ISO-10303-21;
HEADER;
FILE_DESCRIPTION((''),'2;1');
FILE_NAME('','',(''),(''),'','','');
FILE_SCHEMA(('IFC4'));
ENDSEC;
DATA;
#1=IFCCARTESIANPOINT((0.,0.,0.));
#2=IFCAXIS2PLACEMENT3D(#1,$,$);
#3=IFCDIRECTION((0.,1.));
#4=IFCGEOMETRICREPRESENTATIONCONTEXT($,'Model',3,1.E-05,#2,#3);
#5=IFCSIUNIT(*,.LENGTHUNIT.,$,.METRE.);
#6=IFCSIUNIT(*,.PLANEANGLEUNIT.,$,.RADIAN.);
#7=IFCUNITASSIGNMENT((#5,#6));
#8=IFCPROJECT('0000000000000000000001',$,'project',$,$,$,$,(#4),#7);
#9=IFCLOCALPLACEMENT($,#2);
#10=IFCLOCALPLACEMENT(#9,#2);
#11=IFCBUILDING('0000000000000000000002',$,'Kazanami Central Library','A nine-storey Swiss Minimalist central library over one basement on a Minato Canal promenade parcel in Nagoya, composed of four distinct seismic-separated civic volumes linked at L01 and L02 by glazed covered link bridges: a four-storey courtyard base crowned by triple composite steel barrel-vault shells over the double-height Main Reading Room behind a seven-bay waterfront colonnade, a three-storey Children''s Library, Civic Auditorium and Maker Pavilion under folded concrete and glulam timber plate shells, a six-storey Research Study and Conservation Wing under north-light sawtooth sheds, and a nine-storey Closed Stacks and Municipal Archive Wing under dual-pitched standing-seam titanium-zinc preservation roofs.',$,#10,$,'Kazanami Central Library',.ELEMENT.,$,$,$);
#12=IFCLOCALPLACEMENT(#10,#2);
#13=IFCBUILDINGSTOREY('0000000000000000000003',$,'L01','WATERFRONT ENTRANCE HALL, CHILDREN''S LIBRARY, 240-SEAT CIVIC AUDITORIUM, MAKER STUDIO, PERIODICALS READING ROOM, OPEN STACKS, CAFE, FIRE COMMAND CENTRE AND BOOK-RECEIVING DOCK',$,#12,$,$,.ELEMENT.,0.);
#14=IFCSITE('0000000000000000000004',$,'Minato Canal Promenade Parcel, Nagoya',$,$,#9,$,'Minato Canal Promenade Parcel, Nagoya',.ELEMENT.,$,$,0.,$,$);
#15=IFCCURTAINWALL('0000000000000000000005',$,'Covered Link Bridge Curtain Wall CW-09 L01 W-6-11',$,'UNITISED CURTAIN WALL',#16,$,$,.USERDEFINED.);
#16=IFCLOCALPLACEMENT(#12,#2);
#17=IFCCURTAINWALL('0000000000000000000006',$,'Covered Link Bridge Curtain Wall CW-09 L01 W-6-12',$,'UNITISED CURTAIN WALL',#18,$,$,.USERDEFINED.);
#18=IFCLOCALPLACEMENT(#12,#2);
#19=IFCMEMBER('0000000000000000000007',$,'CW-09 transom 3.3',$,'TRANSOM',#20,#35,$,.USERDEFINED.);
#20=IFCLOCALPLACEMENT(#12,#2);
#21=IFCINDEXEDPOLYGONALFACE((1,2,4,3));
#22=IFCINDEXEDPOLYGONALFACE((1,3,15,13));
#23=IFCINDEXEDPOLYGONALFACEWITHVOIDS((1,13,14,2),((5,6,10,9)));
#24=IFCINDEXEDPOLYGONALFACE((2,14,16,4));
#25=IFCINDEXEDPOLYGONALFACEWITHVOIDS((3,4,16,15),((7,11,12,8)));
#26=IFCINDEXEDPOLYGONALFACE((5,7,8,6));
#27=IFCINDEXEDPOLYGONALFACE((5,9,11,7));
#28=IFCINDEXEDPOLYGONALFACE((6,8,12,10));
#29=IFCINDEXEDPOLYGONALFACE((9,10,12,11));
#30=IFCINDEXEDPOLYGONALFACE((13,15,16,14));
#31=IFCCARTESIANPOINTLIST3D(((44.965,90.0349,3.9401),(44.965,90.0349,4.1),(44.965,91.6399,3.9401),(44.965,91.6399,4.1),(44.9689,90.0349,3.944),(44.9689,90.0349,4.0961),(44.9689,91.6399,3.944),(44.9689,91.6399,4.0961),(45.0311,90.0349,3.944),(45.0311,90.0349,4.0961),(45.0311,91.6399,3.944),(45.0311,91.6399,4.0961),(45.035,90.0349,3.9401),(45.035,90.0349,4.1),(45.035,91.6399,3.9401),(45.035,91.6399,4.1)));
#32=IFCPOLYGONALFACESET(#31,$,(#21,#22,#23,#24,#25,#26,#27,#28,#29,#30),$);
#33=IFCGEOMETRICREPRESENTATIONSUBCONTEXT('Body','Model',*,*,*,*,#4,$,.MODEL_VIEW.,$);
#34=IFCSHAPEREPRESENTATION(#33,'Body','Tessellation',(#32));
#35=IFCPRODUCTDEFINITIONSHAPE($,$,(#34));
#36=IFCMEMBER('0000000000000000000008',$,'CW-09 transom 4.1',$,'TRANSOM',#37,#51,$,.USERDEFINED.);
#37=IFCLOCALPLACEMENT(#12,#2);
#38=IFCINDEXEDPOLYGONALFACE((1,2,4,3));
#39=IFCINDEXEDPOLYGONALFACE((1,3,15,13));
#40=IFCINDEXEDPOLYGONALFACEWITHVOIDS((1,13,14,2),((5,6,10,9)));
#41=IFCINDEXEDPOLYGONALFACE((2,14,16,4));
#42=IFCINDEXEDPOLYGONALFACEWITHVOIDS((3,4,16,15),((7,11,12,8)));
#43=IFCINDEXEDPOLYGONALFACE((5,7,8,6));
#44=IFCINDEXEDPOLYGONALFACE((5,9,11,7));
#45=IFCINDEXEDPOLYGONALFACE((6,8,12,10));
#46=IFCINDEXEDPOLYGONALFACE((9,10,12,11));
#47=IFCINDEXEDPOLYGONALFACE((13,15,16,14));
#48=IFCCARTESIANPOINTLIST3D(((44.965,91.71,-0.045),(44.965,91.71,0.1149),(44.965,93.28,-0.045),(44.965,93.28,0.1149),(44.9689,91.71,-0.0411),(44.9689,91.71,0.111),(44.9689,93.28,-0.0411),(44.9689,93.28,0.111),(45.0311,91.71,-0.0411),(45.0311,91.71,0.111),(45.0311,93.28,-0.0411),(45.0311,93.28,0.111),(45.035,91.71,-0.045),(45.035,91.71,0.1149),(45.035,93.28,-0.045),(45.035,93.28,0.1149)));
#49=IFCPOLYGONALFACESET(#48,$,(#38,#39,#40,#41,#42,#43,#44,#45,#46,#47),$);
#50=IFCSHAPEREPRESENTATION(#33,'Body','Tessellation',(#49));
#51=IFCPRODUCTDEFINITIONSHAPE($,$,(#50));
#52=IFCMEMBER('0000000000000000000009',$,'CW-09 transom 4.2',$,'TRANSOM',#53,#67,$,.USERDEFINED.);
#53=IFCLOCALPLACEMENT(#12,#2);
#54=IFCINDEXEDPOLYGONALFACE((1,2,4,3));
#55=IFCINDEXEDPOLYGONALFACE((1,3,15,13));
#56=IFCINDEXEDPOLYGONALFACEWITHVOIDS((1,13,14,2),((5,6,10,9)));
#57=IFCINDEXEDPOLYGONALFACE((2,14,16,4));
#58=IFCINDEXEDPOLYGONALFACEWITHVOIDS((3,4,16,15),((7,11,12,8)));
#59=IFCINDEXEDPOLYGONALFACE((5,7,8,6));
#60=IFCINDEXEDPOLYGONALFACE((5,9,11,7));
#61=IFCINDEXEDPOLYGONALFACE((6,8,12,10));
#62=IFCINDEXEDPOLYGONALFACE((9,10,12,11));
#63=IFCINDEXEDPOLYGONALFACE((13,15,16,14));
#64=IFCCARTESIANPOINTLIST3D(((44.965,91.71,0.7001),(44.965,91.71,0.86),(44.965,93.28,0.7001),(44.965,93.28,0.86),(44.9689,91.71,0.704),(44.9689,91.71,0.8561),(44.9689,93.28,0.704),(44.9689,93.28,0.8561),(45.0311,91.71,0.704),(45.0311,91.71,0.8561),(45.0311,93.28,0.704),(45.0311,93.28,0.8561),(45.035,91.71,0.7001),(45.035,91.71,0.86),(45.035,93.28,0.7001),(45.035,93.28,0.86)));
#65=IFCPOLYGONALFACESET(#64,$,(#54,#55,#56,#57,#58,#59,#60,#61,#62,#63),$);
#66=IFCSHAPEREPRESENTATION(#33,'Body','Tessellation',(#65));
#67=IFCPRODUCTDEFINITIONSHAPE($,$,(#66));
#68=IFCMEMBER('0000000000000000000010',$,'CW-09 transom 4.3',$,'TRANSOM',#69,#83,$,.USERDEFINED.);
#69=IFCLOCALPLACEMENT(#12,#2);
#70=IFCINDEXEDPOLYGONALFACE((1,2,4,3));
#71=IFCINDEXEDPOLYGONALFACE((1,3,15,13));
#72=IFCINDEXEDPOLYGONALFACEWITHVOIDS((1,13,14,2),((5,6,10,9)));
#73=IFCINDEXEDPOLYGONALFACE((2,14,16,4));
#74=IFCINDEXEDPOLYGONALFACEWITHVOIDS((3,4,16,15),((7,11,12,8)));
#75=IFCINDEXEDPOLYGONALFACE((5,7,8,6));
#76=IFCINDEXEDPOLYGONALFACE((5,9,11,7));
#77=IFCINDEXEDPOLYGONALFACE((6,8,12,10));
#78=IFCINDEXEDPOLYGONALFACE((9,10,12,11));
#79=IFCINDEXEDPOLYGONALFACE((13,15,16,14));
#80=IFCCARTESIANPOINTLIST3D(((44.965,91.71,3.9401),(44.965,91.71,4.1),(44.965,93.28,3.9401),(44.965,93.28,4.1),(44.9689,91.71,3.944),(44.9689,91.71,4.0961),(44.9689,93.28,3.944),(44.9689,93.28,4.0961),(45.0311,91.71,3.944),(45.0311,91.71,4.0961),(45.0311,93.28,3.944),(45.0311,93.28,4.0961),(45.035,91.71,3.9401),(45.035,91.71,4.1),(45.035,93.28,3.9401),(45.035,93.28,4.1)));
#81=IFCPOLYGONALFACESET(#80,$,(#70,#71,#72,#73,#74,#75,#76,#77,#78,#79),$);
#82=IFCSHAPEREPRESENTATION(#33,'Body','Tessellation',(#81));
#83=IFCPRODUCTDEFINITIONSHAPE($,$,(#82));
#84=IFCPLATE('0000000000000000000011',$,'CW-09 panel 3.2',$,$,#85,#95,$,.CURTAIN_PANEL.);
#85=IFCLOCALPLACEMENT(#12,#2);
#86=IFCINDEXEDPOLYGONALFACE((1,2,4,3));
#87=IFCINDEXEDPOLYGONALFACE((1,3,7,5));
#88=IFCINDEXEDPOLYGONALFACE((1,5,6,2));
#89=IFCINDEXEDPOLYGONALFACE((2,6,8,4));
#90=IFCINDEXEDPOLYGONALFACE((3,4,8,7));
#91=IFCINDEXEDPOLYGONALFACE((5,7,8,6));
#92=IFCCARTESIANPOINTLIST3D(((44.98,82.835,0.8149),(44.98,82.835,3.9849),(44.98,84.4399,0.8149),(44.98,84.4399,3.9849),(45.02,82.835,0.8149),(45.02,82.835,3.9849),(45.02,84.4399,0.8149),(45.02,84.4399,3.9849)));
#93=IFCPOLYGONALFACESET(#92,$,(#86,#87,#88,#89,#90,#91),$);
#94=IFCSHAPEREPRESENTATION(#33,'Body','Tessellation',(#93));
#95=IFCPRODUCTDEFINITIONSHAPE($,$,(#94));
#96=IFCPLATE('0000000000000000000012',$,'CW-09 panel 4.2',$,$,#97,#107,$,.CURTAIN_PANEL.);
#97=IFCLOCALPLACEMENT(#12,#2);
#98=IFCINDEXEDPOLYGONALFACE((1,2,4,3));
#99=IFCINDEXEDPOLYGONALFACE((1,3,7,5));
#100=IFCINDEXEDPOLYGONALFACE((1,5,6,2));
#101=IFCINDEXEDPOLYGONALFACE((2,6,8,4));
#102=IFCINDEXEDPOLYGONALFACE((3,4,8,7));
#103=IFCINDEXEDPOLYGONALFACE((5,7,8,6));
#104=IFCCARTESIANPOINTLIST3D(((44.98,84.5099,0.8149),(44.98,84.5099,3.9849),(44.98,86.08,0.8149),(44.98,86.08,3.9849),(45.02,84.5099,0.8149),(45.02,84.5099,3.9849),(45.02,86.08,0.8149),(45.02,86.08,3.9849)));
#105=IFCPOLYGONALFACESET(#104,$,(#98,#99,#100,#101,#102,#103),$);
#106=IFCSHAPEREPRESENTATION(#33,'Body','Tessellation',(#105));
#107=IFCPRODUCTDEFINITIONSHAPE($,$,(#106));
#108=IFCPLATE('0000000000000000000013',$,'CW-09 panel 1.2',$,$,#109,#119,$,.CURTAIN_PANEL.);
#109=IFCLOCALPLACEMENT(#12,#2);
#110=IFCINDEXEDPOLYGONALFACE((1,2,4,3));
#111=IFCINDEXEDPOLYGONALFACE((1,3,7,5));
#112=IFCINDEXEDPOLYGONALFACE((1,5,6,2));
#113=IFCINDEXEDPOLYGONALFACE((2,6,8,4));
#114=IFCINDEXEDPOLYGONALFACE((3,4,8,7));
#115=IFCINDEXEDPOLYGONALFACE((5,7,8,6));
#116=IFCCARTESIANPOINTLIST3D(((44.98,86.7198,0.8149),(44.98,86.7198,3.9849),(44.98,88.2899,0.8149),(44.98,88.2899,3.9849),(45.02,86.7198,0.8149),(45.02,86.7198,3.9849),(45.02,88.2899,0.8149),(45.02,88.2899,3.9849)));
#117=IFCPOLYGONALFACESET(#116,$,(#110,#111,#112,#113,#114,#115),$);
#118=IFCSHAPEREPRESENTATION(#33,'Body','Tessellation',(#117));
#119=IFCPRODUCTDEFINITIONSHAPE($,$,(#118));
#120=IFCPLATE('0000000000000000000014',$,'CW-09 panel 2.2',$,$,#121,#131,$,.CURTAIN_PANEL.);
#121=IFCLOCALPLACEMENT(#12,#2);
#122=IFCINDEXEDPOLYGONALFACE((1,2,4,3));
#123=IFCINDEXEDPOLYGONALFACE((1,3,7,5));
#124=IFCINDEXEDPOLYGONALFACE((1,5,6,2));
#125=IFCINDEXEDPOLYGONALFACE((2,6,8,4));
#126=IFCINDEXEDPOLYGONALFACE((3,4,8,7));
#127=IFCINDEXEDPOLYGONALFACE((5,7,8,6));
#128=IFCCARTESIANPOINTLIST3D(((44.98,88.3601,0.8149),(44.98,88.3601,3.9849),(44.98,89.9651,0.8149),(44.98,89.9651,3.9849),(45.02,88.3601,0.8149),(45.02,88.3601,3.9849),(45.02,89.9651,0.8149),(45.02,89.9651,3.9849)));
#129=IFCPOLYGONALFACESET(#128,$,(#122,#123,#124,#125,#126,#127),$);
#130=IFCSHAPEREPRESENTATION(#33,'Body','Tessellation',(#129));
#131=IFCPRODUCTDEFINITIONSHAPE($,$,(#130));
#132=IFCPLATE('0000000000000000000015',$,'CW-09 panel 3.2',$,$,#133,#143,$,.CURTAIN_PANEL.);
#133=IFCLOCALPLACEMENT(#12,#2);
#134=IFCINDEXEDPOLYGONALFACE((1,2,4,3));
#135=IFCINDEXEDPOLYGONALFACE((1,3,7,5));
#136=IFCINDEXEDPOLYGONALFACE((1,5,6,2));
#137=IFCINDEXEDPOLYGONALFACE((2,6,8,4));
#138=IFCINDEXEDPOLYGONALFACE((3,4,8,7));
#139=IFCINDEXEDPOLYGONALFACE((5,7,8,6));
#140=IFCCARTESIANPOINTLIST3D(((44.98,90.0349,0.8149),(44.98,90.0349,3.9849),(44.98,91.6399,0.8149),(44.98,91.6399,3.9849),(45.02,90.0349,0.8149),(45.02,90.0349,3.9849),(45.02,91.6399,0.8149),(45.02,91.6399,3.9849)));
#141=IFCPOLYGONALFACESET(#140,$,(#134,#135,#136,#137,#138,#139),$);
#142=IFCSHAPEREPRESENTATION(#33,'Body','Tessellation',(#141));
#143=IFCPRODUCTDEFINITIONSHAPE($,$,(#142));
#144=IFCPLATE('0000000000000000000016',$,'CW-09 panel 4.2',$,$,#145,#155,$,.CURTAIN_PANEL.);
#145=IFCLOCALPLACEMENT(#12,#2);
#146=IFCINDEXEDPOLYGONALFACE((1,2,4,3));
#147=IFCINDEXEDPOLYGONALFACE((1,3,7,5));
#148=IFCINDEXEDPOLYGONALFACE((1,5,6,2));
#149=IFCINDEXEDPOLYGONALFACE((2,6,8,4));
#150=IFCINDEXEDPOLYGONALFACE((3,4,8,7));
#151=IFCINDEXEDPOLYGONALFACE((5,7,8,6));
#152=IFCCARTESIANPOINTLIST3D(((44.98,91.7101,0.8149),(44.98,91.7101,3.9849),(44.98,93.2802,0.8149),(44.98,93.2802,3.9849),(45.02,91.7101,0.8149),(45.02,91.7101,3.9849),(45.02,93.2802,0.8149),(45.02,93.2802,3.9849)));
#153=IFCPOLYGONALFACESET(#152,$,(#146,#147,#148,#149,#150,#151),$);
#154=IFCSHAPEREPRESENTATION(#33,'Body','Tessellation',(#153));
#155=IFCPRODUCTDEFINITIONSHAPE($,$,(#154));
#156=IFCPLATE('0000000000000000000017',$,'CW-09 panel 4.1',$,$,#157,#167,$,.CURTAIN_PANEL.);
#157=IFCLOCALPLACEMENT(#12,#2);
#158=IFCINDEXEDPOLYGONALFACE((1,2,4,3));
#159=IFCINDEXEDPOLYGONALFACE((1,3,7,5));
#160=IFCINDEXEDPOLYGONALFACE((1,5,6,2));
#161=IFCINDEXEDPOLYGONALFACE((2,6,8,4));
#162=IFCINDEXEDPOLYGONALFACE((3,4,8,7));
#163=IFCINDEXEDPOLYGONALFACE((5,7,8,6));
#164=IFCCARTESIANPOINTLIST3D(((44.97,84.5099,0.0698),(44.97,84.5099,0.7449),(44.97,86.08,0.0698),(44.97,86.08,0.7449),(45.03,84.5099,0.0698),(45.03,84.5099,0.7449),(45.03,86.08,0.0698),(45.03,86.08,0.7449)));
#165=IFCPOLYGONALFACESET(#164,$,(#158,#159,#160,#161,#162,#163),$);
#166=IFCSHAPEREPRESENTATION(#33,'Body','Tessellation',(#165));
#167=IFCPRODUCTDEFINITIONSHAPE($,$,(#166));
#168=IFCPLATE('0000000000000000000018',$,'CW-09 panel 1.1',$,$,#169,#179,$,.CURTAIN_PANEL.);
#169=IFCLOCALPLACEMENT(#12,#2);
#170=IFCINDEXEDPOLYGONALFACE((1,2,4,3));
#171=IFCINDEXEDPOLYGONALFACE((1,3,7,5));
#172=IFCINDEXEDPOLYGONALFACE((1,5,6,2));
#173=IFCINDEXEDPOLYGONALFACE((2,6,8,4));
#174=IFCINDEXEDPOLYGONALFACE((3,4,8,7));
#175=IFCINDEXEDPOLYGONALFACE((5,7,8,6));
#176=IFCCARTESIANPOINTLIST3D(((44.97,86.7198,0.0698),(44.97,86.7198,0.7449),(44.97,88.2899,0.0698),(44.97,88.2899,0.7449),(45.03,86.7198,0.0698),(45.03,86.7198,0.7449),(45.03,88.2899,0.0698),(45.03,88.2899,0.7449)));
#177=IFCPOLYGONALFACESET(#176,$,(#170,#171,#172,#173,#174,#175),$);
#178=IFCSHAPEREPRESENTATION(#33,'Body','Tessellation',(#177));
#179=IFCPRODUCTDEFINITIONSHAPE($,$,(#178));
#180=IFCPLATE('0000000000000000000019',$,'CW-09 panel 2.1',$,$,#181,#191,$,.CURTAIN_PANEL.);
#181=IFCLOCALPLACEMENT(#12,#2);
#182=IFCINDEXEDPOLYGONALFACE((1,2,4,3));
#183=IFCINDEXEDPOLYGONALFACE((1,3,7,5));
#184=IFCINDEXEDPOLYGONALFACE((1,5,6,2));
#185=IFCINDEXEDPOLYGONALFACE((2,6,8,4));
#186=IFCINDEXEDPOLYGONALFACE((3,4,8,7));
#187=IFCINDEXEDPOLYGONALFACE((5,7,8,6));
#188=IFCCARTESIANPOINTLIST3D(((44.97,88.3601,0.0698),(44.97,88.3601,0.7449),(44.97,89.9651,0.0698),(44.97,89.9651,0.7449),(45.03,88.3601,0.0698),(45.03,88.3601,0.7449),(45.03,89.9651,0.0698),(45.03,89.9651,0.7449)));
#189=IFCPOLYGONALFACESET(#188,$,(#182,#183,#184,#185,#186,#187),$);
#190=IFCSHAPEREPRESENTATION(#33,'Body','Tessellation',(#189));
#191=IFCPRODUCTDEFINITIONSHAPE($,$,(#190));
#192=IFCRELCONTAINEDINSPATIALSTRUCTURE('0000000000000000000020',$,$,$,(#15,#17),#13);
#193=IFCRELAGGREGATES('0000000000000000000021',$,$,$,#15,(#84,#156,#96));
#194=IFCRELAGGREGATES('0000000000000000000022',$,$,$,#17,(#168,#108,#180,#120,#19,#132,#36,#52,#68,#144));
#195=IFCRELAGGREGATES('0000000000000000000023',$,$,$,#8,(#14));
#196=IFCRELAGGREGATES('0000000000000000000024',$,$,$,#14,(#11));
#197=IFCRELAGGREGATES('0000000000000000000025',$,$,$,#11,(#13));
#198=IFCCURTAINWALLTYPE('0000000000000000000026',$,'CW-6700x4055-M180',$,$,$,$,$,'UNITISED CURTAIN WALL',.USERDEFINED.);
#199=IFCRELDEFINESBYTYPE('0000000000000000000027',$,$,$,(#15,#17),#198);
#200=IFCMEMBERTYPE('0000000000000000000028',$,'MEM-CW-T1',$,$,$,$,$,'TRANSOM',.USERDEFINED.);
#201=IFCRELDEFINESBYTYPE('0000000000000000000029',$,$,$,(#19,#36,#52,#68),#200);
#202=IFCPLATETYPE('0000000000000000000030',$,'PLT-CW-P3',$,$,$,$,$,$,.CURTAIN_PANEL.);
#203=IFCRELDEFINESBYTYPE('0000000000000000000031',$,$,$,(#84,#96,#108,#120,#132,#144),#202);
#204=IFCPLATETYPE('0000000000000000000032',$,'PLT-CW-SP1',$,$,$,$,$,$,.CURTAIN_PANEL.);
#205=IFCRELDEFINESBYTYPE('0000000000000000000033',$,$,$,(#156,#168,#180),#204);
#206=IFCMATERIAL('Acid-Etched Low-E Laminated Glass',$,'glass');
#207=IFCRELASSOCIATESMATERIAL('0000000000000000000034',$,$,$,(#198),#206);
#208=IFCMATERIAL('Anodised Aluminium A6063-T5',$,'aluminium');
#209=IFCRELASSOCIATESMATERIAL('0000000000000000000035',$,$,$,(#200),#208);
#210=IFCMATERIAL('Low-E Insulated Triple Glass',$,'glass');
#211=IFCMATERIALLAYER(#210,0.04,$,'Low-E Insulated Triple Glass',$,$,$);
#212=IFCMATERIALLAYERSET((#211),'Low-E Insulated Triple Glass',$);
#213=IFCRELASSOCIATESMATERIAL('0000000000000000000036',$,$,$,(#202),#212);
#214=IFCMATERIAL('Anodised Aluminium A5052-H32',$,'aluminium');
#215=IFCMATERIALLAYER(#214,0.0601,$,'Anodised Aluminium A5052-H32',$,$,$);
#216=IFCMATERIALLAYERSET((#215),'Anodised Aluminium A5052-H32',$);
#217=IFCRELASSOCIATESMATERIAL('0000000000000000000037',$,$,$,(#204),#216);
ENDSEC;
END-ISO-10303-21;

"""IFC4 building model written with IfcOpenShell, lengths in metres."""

from ifc_helpers import new_model, si_unit, direction, frame, origin, origin_2d, place, context, subcontext, project, spatial, rectangle, hollow_rectangle, extrude, material, layer, layer_set, material_profile, profile_set, type_object, element, aggregate, save


model = new_model("IFC4")

# Units and contexts
model_context = context("Model", 3, precision=1e-05, world=origin(), true_north=direction((0.0, 1.0)))
body_context = subcontext(model_context, "Body", "Model", "MODEL_VIEW")
ifc_project = project(units=[si_unit("LENGTHUNIT", "METRE"), si_unit("PLANEANGLEUNIT", "RADIAN")], contexts=[model_context])

# Site, building, storey
site_placement = place(None, origin())
site = spatial("IfcSite", under=ifc_project, at=site_placement, Name="Minato Canal Promenade Parcel, Nagoya", LongName="Minato Canal Promenade Parcel, Nagoya", CompositionType="ELEMENT", RefElevation=0.0)
building_placement = place(site_placement, origin())
building = spatial("IfcBuilding", under=site, at=building_placement, Name="Kazanami Central Library", Description="A nine-storey Swiss Minimalist central library over one basement on a Minato Canal promenade parcel in Nagoya, composed of four distinct seismic-separated civic volumes linked at L01 and L02 by glazed covered link bridges: a four-storey courtyard base crowned by triple composite steel barrel-vault shells over the double-height Main Reading Room behind a seven-bay waterfront colonnade, a three-storey Children's Library, Civic Auditorium and Maker Pavilion under folded concrete and glulam timber plate shells, a six-storey Research Study and Conservation Wing under north-light sawtooth sheds, and a nine-storey Closed Stacks and Municipal Archive Wing under dual-pitched standing-seam titanium-zinc preservation roofs.", LongName="Kazanami Central Library", CompositionType="ELEMENT")
storey_placement = place(building_placement, origin())
storey = spatial("IfcBuildingStorey", under=building, at=storey_placement, Name="L01", Description="WATERFRONT ENTRANCE HALL, CHILDREN'S LIBRARY, 240-SEAT CIVIC AUDITORIUM, MAKER STUDIO, PERIODICALS READING ROOM, OPEN STACKS, CAFE, FIRE COMMAND CENTRE AND BOOK-RECEIVING DOCK", CompositionType="ELEMENT", Elevation=0.0)

# Curtain walls
ifc_material_1 = material(Name="Acid-Etched Low-E Laminated Glass", Category="glass")
curtain_wall_type = type_object("IfcCurtainWallType", Name="CW-6700x4055-M180", ElementType="UNITISED CURTAIN WALL", PredefinedType="USERDEFINED", material=ifc_material_1)
curtain_wall_1_placement = place(storey_placement, origin())
curtain_wall_1 = element("IfcCurtainWall", 1, at=curtain_wall_1_placement, inside=storey, type_object=curtain_wall_type, Name="Covered Link Bridge Curtain Wall CW-09 L01 W-6-11", ObjectType="UNITISED CURTAIN WALL", PredefinedType="USERDEFINED")
ifc_material_2 = material(Name="Anodised Aluminium A6063-T5", Category="aluminium")
curtain_wall_2_placement = place(storey_placement, origin())
curtain_wall_2 = element("IfcCurtainWall", 2, at=curtain_wall_2_placement, inside=storey, type_object=curtain_wall_type, Name="Covered Link Bridge Curtain Wall CW-09 L01 W-6-12", ObjectType="UNITISED CURTAIN WALL", PredefinedType="USERDEFINED")

# Members
ifc_material_profile_1 = material_profile(ifc_material_2, hollow_rectangle(XDim=0.0701, YDim=0.1599, WallThickness=0.0039, at=origin_2d()), Name="ALU-TRAN-70x160x4")
ifc_profile_set_1 = profile_set([ifc_material_profile_1], Name="Anodised Aluminium A6063-T5")
member_type_1 = type_object("IfcMemberType", Name="MEM-CW-T1", ElementType="TRANSOM", PredefinedType="USERDEFINED", material=ifc_profile_set_1)
member_1_placement = place(storey_placement, frame((45.0, 90.0349, 4.02), z_axis=(0.0, 1.0, 0.0), x_axis=(-1.0, 0.0, 0.0)))
member_1 = element("IfcMember", 3, at=member_1_placement, type_object=member_type_1, Name="CW-09 transom 3.3", ObjectType="TRANSOM", PredefinedType="USERDEFINED", context=body_context, shape_type="SweptSolid", body=[
    extrude(hollow_rectangle(XDim=0.0701, YDim=0.1599, WallThickness=0.0039, at=origin_2d()), origin(), (0.0, 0.0, 1.0), 1.605),
])
member_2_placement = place(storey_placement, frame((45.0, 91.71, 0.0349), z_axis=(0.0, 1.0, 0.0), x_axis=(-1.0, 0.0, 0.0)))
member_2 = element("IfcMember", 4, at=member_2_placement, type_object=member_type_1, Name="CW-09 transom 4.1", ObjectType="TRANSOM", PredefinedType="USERDEFINED", context=body_context, shape_type="SweptSolid", body=[
    extrude(hollow_rectangle(XDim=0.0701, YDim=0.1599, WallThickness=0.0039, at=origin_2d()), origin(), (0.0, 0.0, 1.0), 1.5701),
])
member_3_placement = place(storey_placement, frame((45.0, 91.71, 0.78), z_axis=(0.0, 1.0, 0.0), x_axis=(-1.0, 0.0, 0.0)))
member_3 = element("IfcMember", 5, at=member_3_placement, type_object=member_type_1, Name="CW-09 transom 4.2", ObjectType="TRANSOM", PredefinedType="USERDEFINED", context=body_context, shape_type="SweptSolid", body=[
    extrude(hollow_rectangle(XDim=0.0701, YDim=0.1599, WallThickness=0.0039, at=origin_2d()), origin(), (0.0, 0.0, 1.0), 1.5701),
])
member_4_placement = place(storey_placement, frame((45.0, 91.71, 4.02), z_axis=(0.0, 1.0, 0.0), x_axis=(-1.0, 0.0, 0.0)))
member_4 = element("IfcMember", 6, at=member_4_placement, type_object=member_type_1, Name="CW-09 transom 4.3", ObjectType="TRANSOM", PredefinedType="USERDEFINED", context=body_context, shape_type="SweptSolid", body=[
    extrude(hollow_rectangle(XDim=0.0701, YDim=0.1599, WallThickness=0.0039, at=origin_2d()), origin(), (0.0, 0.0, 1.0), 1.5701),
])

# Plates
ifc_material_3 = material(Name="Low-E Insulated Triple Glass", Category="glass")
ifc_layer_1 = layer(ifc_material_3, 0.04, Name="Low-E Insulated Triple Glass")
ifc_layer_set_1 = layer_set([ifc_layer_1], Name="Low-E Insulated Triple Glass")
plate_type_1 = type_object("IfcPlateType", Name="PLT-CW-P3", PredefinedType="CURTAIN_PANEL", material=ifc_layer_set_1)
plate_1_placement = place(storey_placement, frame((45.0, 83.6375, 0.8149), z_axis=(0.0, 0.0, 1.0), x_axis=(0.0, 1.0, 0.0)))
plate_1 = element("IfcPlate", 7, at=plate_1_placement, type_object=plate_type_1, Name="CW-09 panel 3.2", PredefinedType="CURTAIN_PANEL", context=body_context, shape_type="SweptSolid", body=[
    extrude(rectangle(XDim=1.605, YDim=0.04, at=origin_2d()), origin(), (0.0, 0.0, 1.0), 3.1699),
])
plate_2_placement = place(storey_placement, frame((45.0, 85.2949, 0.8149), z_axis=(0.0, 0.0, 1.0), x_axis=(0.0, 1.0, 0.0)))
plate_2 = element("IfcPlate", 8, at=plate_2_placement, type_object=plate_type_1, Name="CW-09 panel 4.2", PredefinedType="CURTAIN_PANEL", context=body_context, shape_type="SweptSolid", body=[
    extrude(rectangle(XDim=1.5701, YDim=0.04, at=origin_2d()), origin(), (0.0, 0.0, 1.0), 3.1699),
])
plate_3_placement = place(storey_placement, frame((45.0, 87.5049, 0.8149), z_axis=(0.0, 0.0, 1.0), x_axis=(0.0, 1.0, 0.0)))
plate_3 = element("IfcPlate", 9, at=plate_3_placement, type_object=plate_type_1, Name="CW-09 panel 1.2", PredefinedType="CURTAIN_PANEL", context=body_context, shape_type="SweptSolid", body=[
    extrude(rectangle(XDim=1.5701, YDim=0.04, at=origin_2d()), origin(), (0.0, 0.0, 1.0), 3.1699),
])
plate_4_placement = place(storey_placement, frame((45.0, 89.1626, 0.8149), z_axis=(0.0, 0.0, 1.0), x_axis=(0.0, 1.0, 0.0)))
plate_4 = element("IfcPlate", 10, at=plate_4_placement, type_object=plate_type_1, Name="CW-09 panel 2.2", PredefinedType="CURTAIN_PANEL", context=body_context, shape_type="SweptSolid", body=[
    extrude(rectangle(XDim=1.605, YDim=0.04, at=origin_2d()), origin(), (0.0, 0.0, 1.0), 3.1699),
])
plate_5_placement = place(storey_placement, frame((45.0, 90.8374, 0.8149), z_axis=(0.0, 0.0, 1.0), x_axis=(0.0, 1.0, 0.0)))
plate_5 = element("IfcPlate", 11, at=plate_5_placement, type_object=plate_type_1, Name="CW-09 panel 3.2", PredefinedType="CURTAIN_PANEL", context=body_context, shape_type="SweptSolid", body=[
    extrude(rectangle(XDim=1.605, YDim=0.04, at=origin_2d()), origin(), (0.0, 0.0, 1.0), 3.1699),
])
plate_6_placement = place(storey_placement, frame((45.0, 92.4951, 0.8149), z_axis=(0.0, 0.0, 1.0), x_axis=(0.0, 1.0, 0.0)))
plate_6 = element("IfcPlate", 12, at=plate_6_placement, type_object=plate_type_1, Name="CW-09 panel 4.2", PredefinedType="CURTAIN_PANEL", context=body_context, shape_type="SweptSolid", body=[
    extrude(rectangle(XDim=1.5701, YDim=0.04, at=origin_2d()), origin(), (0.0, 0.0, 1.0), 3.1699),
])
ifc_material_4 = material(Name="Anodised Aluminium A5052-H32", Category="aluminium")
ifc_layer_2 = layer(ifc_material_4, 0.0601, Name="Anodised Aluminium A5052-H32")
ifc_layer_set_2 = layer_set([ifc_layer_2], Name="Anodised Aluminium A5052-H32")
plate_type_2 = type_object("IfcPlateType", Name="PLT-CW-SP1", PredefinedType="CURTAIN_PANEL", material=ifc_layer_set_2)
plate_7_placement = place(storey_placement, frame((45.0, 85.2949, 0.0698), z_axis=(0.0, 0.0, 1.0), x_axis=(0.0, 1.0, 0.0)))
plate_7 = element("IfcPlate", 13, at=plate_7_placement, type_object=plate_type_2, Name="CW-09 panel 4.1", PredefinedType="CURTAIN_PANEL", context=body_context, shape_type="SweptSolid", body=[
    extrude(rectangle(XDim=1.5701, YDim=0.0601, at=origin_2d()), origin(), (0.0, 0.0, 1.0), 0.675),
])
aggregate(curtain_wall_1, [plate_1, plate_7, plate_2])
plate_8_placement = place(storey_placement, frame((45.0, 87.5049, 0.0698), z_axis=(0.0, 0.0, 1.0), x_axis=(0.0, 1.0, 0.0)))
plate_8 = element("IfcPlate", 14, at=plate_8_placement, type_object=plate_type_2, Name="CW-09 panel 1.1", PredefinedType="CURTAIN_PANEL", context=body_context, shape_type="SweptSolid", body=[
    extrude(rectangle(XDim=1.5701, YDim=0.0601, at=origin_2d()), origin(), (0.0, 0.0, 1.0), 0.675),
])
plate_9_placement = place(storey_placement, frame((45.0, 89.1626, 0.0698), z_axis=(0.0, 0.0, 1.0), x_axis=(0.0, 1.0, 0.0)))
plate_9 = element("IfcPlate", 15, at=plate_9_placement, type_object=plate_type_2, Name="CW-09 panel 2.1", PredefinedType="CURTAIN_PANEL", context=body_context, shape_type="SweptSolid", body=[
    extrude(rectangle(XDim=1.605, YDim=0.0601, at=origin_2d()), origin(), (0.0, 0.0, 1.0), 0.675),
])
aggregate(curtain_wall_2, [plate_8, plate_3, plate_9, plate_4, member_1, plate_5, member_2, member_3, member_4, plate_6])

save(model, "model.ifc")
